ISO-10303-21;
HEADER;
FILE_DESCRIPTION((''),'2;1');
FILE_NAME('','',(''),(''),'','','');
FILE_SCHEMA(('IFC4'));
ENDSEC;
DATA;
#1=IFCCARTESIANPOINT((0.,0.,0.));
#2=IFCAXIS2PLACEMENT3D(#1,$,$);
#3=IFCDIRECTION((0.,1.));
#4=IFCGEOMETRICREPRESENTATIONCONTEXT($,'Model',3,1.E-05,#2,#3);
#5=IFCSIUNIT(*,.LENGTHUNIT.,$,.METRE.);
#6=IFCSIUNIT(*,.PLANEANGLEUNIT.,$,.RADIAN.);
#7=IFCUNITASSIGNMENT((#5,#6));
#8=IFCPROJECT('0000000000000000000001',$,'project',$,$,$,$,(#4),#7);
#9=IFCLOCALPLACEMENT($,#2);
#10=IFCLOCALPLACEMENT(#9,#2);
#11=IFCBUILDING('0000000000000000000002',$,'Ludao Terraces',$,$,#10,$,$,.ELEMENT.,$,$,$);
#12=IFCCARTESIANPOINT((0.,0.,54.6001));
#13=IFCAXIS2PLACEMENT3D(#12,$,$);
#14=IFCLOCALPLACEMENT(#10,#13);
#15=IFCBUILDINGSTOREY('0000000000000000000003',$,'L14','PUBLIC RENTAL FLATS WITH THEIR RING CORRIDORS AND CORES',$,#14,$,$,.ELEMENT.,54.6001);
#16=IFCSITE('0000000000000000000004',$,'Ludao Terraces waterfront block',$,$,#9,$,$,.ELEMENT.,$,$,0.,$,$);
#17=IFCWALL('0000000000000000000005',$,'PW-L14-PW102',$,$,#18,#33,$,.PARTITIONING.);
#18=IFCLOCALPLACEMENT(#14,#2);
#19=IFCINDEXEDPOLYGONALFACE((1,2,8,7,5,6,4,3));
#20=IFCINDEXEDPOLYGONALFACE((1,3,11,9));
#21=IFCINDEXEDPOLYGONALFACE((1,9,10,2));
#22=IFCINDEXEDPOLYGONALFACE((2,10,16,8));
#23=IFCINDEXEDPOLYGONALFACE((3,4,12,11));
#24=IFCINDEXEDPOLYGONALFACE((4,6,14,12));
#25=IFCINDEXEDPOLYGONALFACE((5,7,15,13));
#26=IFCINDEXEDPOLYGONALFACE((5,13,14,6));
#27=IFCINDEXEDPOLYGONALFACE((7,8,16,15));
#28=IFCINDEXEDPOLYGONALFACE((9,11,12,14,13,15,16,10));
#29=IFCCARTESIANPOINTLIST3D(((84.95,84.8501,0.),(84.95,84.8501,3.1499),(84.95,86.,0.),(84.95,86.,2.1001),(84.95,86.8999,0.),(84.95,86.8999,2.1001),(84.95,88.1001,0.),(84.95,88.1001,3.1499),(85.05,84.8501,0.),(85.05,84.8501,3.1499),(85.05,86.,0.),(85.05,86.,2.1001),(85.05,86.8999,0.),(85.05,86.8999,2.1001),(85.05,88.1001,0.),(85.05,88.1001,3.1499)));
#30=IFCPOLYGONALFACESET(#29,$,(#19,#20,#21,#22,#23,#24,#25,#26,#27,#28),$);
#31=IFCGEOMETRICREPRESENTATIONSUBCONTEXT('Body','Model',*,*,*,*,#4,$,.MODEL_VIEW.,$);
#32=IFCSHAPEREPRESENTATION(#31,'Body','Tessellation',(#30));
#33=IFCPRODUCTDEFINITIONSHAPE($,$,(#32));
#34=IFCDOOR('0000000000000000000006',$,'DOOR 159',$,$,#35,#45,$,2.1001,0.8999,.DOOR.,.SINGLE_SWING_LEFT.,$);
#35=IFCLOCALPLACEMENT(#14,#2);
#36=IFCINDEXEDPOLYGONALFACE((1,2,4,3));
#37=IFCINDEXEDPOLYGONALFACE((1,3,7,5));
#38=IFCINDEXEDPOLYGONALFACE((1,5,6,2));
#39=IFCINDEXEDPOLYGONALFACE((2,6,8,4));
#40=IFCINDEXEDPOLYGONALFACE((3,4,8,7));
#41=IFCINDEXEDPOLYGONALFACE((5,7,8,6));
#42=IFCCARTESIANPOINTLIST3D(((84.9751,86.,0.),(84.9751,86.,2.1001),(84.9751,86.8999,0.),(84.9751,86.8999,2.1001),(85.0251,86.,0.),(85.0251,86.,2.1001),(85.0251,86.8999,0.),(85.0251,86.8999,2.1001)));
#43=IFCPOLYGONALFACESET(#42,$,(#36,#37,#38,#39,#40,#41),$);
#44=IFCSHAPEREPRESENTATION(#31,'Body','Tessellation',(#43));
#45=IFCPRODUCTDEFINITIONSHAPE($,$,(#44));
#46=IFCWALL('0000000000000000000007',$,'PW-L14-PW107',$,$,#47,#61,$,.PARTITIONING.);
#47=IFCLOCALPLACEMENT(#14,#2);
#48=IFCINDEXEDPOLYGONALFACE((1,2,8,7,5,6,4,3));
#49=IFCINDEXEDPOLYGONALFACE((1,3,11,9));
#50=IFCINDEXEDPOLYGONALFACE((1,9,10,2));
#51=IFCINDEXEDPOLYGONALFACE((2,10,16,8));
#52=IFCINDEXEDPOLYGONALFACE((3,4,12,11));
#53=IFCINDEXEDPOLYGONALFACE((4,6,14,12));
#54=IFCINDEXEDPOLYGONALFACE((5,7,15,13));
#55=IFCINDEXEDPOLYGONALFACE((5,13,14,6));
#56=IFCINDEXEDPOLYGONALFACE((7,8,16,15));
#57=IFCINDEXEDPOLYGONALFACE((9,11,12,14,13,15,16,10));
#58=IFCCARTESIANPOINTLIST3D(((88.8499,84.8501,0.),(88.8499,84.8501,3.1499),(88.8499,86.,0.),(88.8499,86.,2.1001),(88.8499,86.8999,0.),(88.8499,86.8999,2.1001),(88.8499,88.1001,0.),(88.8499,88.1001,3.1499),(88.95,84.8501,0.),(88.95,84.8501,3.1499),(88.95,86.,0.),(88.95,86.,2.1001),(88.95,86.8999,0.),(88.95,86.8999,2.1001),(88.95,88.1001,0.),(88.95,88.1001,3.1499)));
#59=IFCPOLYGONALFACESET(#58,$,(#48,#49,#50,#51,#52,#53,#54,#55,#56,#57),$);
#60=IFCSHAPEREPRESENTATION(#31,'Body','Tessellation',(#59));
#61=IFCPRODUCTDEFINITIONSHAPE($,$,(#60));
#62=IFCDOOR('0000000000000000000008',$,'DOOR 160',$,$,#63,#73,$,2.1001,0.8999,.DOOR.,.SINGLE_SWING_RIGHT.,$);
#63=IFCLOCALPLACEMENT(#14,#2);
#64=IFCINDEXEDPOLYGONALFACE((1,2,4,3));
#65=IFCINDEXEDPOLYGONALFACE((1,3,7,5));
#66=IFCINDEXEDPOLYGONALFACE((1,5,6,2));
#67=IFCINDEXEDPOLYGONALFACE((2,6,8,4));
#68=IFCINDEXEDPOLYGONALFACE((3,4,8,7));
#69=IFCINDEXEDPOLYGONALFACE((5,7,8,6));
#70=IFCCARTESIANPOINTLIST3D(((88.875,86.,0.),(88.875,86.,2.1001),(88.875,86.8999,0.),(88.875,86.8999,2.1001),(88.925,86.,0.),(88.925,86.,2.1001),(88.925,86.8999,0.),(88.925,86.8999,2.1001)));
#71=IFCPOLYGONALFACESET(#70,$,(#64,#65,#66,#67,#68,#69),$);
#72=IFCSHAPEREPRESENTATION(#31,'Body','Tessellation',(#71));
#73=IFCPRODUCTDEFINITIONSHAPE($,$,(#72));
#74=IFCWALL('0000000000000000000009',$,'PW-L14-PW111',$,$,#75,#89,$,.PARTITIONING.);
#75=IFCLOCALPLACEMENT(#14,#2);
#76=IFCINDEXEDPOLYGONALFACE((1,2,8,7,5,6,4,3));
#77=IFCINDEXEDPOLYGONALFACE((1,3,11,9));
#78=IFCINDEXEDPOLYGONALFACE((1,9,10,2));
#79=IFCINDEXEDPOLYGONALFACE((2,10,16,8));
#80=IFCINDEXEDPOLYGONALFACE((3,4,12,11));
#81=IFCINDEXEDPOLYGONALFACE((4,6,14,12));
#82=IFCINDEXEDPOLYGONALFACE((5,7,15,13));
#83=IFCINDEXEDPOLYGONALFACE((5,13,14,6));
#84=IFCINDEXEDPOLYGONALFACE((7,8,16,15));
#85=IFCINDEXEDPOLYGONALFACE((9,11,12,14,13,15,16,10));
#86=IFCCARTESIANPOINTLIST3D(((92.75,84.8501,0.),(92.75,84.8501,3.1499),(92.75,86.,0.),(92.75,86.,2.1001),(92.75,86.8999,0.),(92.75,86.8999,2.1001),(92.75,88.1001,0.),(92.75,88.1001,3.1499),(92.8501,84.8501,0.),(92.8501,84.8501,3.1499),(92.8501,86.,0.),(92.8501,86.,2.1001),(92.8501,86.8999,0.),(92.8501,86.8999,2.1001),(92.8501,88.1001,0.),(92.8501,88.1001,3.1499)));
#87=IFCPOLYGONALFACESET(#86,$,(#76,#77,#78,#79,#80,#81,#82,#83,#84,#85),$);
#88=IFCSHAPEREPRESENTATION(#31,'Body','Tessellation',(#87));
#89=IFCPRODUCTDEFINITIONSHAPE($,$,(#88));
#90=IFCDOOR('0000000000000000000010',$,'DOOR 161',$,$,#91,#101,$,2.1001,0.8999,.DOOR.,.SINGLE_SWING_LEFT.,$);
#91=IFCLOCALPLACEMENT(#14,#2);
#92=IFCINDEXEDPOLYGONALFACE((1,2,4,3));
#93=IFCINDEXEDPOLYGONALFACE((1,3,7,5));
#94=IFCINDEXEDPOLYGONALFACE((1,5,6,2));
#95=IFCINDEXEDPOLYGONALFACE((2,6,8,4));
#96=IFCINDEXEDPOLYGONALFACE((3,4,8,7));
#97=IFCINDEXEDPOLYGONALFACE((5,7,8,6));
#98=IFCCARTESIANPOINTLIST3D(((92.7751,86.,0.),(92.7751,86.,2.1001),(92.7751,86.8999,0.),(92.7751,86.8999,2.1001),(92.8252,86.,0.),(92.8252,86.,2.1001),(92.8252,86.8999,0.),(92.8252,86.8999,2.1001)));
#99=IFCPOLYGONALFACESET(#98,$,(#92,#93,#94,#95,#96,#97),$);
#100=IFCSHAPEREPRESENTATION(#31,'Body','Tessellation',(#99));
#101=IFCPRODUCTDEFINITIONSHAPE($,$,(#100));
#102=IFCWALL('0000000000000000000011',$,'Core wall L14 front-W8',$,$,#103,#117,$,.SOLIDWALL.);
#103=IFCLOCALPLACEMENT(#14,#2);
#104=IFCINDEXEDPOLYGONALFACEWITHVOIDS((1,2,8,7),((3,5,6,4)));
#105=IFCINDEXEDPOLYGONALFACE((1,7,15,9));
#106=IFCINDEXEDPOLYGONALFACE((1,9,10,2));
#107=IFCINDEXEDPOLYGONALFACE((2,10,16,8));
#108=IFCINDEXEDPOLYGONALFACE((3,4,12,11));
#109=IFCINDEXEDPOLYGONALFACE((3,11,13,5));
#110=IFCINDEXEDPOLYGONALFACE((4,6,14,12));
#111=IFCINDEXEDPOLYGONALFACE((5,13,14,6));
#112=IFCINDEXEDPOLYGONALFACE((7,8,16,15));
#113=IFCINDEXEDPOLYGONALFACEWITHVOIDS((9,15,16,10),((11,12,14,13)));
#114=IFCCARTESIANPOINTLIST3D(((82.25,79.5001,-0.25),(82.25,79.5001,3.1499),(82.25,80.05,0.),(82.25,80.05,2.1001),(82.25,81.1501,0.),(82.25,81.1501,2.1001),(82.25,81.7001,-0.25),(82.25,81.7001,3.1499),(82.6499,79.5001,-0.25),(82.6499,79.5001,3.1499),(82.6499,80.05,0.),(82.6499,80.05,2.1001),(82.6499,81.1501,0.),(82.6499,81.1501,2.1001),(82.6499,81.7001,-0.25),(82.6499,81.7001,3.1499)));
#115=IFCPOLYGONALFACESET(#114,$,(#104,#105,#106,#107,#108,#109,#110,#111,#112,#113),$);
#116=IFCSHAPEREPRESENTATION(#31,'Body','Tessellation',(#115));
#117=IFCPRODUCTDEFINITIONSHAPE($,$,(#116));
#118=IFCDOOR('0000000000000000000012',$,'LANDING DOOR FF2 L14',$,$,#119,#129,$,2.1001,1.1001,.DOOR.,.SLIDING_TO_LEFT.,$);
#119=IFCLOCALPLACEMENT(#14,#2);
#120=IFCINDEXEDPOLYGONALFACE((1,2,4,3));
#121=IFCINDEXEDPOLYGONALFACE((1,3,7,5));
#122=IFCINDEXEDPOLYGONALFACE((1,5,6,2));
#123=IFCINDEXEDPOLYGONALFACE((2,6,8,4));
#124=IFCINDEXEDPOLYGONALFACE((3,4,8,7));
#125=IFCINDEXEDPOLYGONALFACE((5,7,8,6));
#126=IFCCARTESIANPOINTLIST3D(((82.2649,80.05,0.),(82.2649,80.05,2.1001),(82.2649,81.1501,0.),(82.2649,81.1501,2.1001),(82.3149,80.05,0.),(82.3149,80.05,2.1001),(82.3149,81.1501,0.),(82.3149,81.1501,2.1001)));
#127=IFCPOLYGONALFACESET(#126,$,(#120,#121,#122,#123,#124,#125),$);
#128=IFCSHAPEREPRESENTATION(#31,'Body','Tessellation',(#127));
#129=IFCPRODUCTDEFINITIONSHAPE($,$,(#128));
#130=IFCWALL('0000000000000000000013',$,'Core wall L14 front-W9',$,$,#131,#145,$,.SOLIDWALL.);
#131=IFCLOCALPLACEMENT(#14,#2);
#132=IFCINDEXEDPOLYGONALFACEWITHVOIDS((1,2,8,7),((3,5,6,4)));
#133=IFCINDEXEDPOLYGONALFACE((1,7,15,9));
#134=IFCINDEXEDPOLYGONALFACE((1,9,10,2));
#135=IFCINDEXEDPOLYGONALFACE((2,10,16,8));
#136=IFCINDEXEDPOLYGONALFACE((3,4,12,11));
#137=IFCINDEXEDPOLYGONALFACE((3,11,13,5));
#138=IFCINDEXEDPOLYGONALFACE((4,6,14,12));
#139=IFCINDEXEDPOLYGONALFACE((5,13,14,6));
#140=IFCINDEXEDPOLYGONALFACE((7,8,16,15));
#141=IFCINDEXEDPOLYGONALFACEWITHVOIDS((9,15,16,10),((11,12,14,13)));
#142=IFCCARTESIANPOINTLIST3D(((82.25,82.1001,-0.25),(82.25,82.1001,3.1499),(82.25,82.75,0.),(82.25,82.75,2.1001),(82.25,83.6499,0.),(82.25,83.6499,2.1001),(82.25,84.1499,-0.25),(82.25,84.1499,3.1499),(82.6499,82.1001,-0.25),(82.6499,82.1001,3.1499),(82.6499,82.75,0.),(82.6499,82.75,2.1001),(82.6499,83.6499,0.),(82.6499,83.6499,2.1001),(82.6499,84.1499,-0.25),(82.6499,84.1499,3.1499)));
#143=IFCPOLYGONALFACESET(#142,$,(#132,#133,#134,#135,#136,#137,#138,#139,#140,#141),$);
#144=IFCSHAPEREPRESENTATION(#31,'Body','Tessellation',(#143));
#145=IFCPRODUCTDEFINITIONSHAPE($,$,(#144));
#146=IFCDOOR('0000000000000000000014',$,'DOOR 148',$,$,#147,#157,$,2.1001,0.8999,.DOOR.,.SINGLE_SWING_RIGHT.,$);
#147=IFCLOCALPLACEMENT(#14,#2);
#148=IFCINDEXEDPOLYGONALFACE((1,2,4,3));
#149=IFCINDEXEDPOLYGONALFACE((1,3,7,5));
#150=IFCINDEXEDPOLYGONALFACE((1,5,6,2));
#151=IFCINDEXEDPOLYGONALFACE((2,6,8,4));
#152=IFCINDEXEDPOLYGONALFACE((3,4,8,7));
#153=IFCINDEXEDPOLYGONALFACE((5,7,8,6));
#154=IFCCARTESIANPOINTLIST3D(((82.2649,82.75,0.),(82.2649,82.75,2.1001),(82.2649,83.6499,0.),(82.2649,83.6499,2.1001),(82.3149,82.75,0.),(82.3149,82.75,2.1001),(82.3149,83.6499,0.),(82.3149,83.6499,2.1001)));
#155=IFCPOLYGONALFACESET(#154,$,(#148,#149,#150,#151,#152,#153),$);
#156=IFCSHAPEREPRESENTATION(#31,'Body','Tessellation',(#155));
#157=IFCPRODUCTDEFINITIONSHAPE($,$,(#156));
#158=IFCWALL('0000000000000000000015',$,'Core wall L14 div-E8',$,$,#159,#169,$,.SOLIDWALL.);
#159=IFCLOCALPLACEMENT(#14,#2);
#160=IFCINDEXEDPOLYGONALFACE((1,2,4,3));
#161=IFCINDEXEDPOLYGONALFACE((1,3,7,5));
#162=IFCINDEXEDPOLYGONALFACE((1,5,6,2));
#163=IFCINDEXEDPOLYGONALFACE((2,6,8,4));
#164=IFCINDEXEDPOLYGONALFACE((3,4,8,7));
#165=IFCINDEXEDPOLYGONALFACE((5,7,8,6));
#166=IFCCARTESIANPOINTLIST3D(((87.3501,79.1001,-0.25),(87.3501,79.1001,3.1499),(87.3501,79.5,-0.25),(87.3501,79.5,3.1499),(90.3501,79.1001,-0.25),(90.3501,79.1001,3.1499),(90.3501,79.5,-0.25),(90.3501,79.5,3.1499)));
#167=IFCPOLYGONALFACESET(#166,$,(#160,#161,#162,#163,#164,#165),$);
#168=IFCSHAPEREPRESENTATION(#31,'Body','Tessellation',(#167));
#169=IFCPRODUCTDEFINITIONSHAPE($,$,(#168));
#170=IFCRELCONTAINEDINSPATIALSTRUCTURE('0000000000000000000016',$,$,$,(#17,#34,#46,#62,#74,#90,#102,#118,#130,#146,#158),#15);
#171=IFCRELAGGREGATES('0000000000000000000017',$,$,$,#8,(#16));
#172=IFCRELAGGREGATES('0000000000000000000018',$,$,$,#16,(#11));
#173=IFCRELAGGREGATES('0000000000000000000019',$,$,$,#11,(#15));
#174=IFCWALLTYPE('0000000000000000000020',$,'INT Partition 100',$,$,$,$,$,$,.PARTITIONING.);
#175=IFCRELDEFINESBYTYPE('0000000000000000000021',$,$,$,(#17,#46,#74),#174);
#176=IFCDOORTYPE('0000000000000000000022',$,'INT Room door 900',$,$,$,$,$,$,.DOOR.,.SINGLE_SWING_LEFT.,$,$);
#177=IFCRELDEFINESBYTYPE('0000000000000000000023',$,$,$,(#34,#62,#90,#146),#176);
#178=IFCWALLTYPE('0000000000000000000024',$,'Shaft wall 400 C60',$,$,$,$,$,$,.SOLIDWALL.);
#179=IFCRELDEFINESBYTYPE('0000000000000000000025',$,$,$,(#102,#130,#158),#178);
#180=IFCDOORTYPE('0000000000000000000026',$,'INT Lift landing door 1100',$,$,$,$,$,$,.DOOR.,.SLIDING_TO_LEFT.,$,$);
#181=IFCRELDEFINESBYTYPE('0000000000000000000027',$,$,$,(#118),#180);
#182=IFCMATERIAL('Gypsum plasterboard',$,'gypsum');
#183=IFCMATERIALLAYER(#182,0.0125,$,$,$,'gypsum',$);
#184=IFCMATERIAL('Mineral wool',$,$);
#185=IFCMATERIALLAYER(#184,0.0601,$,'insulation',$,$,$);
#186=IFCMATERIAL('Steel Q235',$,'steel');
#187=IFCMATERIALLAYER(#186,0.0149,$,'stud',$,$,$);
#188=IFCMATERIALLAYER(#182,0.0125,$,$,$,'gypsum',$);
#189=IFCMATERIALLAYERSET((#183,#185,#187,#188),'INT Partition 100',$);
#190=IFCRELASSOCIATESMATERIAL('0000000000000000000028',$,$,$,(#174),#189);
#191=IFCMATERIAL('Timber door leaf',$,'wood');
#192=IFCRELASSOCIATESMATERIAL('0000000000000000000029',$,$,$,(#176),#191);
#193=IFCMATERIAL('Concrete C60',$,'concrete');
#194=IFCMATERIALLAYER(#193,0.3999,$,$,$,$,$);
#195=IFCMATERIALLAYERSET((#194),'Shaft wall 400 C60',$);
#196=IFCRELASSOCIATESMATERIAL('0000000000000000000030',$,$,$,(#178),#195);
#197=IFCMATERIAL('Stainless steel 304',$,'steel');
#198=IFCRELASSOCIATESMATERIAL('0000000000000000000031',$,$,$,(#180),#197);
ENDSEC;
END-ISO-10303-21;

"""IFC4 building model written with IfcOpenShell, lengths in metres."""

from ifc_helpers import new_model, si_unit, direction, frame, frame_2d, origin, place, context, subcontext, project, spatial, rectangle, extrude, material, layer, layer_set, type_object, element, fill, save


model = new_model("IFC4")

# Units and contexts
model_context = context("Model", 3, precision=1e-05, world=origin(), true_north=direction((0.0, 1.0)))
body_context = subcontext(model_context, "Body", "Model", "MODEL_VIEW")
ifc_project = project(units=[si_unit("LENGTHUNIT", "METRE"), si_unit("PLANEANGLEUNIT", "RADIAN")], contexts=[model_context])

# Site, building, storey
site_placement = place(None, origin())
site = spatial("IfcSite", under=ifc_project, at=site_placement, Name="Ludao Terraces waterfront block", CompositionType="ELEMENT", RefElevation=0.0)
building_placement = place(site_placement, origin())
building = spatial("IfcBuilding", under=site, at=building_placement, Name="Ludao Terraces", CompositionType="ELEMENT")
storey_placement = place(building_placement, frame((0.0, 0.0, 54.6001)))
storey = spatial("IfcBuildingStorey", under=building, at=storey_placement, Name="L14", Description="PUBLIC RENTAL FLATS WITH THEIR RING CORRIDORS AND CORES", CompositionType="ELEMENT", Elevation=54.6001)

# Walls, openings, doors
ifc_material_1 = material(Name="Gypsum plasterboard", Category="gypsum")
ifc_layer_1 = layer(ifc_material_1, 0.0125, Category="gypsum")
ifc_material_2 = material(Name="Mineral wool")
ifc_layer_2 = layer(ifc_material_2, 0.0601, Name="insulation")
ifc_material_3 = material(Name="Steel Q235", Category="steel")
ifc_layer_3 = layer(ifc_material_3, 0.0149, Name="stud")
ifc_layer_4 = layer(ifc_material_1, 0.0125, Category="gypsum")
ifc_layer_set_1 = layer_set([ifc_layer_1, ifc_layer_2, ifc_layer_3, ifc_layer_4], Name="INT Partition 100")
wall_type_1 = type_object("IfcWallType", Name="INT Partition 100", PredefinedType="PARTITIONING", material=ifc_layer_set_1)
wall_1_placement = place(storey_placement, frame((85.0, 84.8501, 0.0), z_axis=(0.0, 0.0, 1.0), x_axis=(0.0, 1.0, 0.0)))
wall_1 = element("IfcWall", 1, at=wall_1_placement, inside=storey, type_object=wall_type_1, Name="PW-L14-PW102", PredefinedType="PARTITIONING", context=body_context, shape_type="SweptSolid", body=[
    extrude(rectangle(XDim=3.25, YDim=0.1001, at=frame_2d((1.625, 0.0))), origin(), (0.0, 0.0, 1.0), 3.1499),
])
opening_1_placement = place(wall_1_placement, frame((1.1499, 0.0, 0.0)))
opening_1 = element("IfcOpeningElement", 2, at=opening_1_placement, cuts=wall_1, PredefinedType="OPENING", context=body_context, shape_type="SweptSolid", body=[
    extrude(rectangle(XDim=0.8999, YDim=2.1001, at=frame_2d((0.45, 1.05))), frame((0.0, 0.0601, 0.0), z_axis=(0.0, -1.0, 0.0), x_axis=(1.0, 0.0, 0.0)), (0.0, 0.0, 1.0), 0.1201),
])
ifc_material_4 = material(Name="Timber door leaf", Category="wood")
door_type_1 = type_object("IfcDoorType", Name="INT Room door 900", OperationType="SINGLE_SWING_LEFT", PredefinedType="DOOR", material=ifc_material_4)
door_1_placement = place(opening_1_placement, origin())
door_1 = element("IfcDoor", 3, at=door_1_placement, inside=storey, type_object=door_type_1, Name="DOOR 159", OperationType="SINGLE_SWING_LEFT", OverallHeight=2.1001, OverallWidth=0.8999, PredefinedType="DOOR", context=body_context, shape_type="SweptSolid", body=[
    extrude(rectangle(XDim=0.8999, YDim=2.1001, at=frame_2d((0.45, 1.05))), frame((0.0, 0.0249, 0.0), z_axis=(0.0, -1.0, 0.0), x_axis=(1.0, 0.0, 0.0)), (0.0, 0.0, 1.0), 0.05),
])
fill(opening_1, door_1)
wall_2_placement = place(storey_placement, frame((88.8999, 84.8501, 0.0), z_axis=(0.0, 0.0, 1.0), x_axis=(0.0, 1.0, 0.0)))
wall_2 = element("IfcWall", 4, at=wall_2_placement, inside=storey, type_object=wall_type_1, Name="PW-L14-PW107", PredefinedType="PARTITIONING", context=body_context, shape_type="SweptSolid", body=[
    extrude(rectangle(XDim=3.25, YDim=0.1001, at=frame_2d((1.625, 0.0))), origin(), (0.0, 0.0, 1.0), 3.1499),
])
opening_2_placement = place(wall_2_placement, frame((1.1499, 0.0, 0.0)))
opening_2 = element("IfcOpeningElement", 5, at=opening_2_placement, cuts=wall_2, PredefinedType="OPENING", context=body_context, shape_type="SweptSolid", body=[
    extrude(rectangle(XDim=0.8999, YDim=2.1001, at=frame_2d((0.45, 1.05))), frame((0.0, 0.0601, 0.0), z_axis=(0.0, -1.0, 0.0), x_axis=(1.0, 0.0, 0.0)), (0.0, 0.0, 1.0), 0.1201),
])
door_2_placement = place(opening_2_placement, origin())
door_2 = element("IfcDoor", 6, at=door_2_placement, inside=storey, type_object=door_type_1, Name="DOOR 160", OperationType="SINGLE_SWING_RIGHT", OverallHeight=2.1001, OverallWidth=0.8999, PredefinedType="DOOR", context=body_context, shape_type="SweptSolid", body=[
    extrude(rectangle(XDim=0.8999, YDim=2.1001, at=frame_2d((0.45, 1.05))), frame((0.0, 0.0249, 0.0), z_axis=(0.0, -1.0, 0.0), x_axis=(1.0, 0.0, 0.0)), (0.0, 0.0, 1.0), 0.05),
])
fill(opening_2, door_2)
wall_3_placement = place(storey_placement, frame((92.8, 84.8501, 0.0), z_axis=(0.0, 0.0, 1.0), x_axis=(0.0, 1.0, 0.0)))
wall_3 = element("IfcWall", 7, at=wall_3_placement, inside=storey, type_object=wall_type_1, Name="PW-L14-PW111", PredefinedType="PARTITIONING", context=body_context, shape_type="SweptSolid", body=[
    extrude(rectangle(XDim=3.25, YDim=0.1001, at=frame_2d((1.625, 0.0))), origin(), (0.0, 0.0, 1.0), 3.1499),
])
opening_3_placement = place(wall_3_placement, frame((1.1499, 0.0, 0.0)))
opening_3 = element("IfcOpeningElement", 8, at=opening_3_placement, cuts=wall_3, PredefinedType="OPENING", context=body_context, shape_type="SweptSolid", body=[
    extrude(rectangle(XDim=0.8999, YDim=2.1001, at=frame_2d((0.45, 1.05))), frame((0.0, 0.0601, 0.0), z_axis=(0.0, -1.0, 0.0), x_axis=(1.0, 0.0, 0.0)), (0.0, 0.0, 1.0), 0.1201),
])
door_3_placement = place(opening_3_placement, origin())
door_3 = element("IfcDoor", 9, at=door_3_placement, inside=storey, type_object=door_type_1, Name="DOOR 161", OperationType="SINGLE_SWING_LEFT", OverallHeight=2.1001, OverallWidth=0.8999, PredefinedType="DOOR", context=body_context, shape_type="SweptSolid", body=[
    extrude(rectangle(XDim=0.8999, YDim=2.1001, at=frame_2d((0.45, 1.05))), frame((0.0, 0.0249, 0.0), z_axis=(0.0, -1.0, 0.0), x_axis=(1.0, 0.0, 0.0)), (0.0, 0.0, 1.0), 0.05),
])
fill(opening_3, door_3)
ifc_material_5 = material(Name="Concrete C60", Category="concrete")
ifc_layer_5 = layer(ifc_material_5, 0.3999)
ifc_layer_set_2 = layer_set([ifc_layer_5], Name="Shaft wall 400 C60")
wall_type_2 = type_object("IfcWallType", Name="Shaft wall 400 C60", PredefinedType="SOLIDWALL", material=ifc_layer_set_2)
wall_4_placement = place(storey_placement, frame((82.45, 79.5, -0.25), z_axis=(0.0, 0.0, 1.0), x_axis=(0.0, 1.0, 0.0)))
wall_4 = element("IfcWall", 10, at=wall_4_placement, inside=storey, type_object=wall_type_2, Name="Core wall L14 front-W8", PredefinedType="SOLIDWALL", context=body_context, shape_type="SweptSolid", body=[
    extrude(rectangle(XDim=2.2, YDim=0.3999, at=frame_2d((1.1001, 0.0))), origin(), (0.0, 0.0, 1.0), 3.3999),
])
opening_4_placement = place(wall_4_placement, frame((0.55, 0.0, 0.25)))
opening_4 = element("IfcOpeningElement", 11, at=opening_4_placement, cuts=wall_4, PredefinedType="OPENING", context=body_context, shape_type="SweptSolid", body=[
    extrude(rectangle(XDim=1.1001, YDim=2.1001, at=frame_2d((0.55, 1.05))), frame((0.0, 0.21, 0.0), z_axis=(0.0, -1.0, 0.0), x_axis=(1.0, 0.0, 0.0)), (0.0, 0.0, 1.0), 0.4199),
])
ifc_material_6 = material(Name="Stainless steel 304", Category="steel")
door_type_2 = type_object("IfcDoorType", Name="INT Lift landing door 1100", OperationType="SLIDING_TO_LEFT", PredefinedType="DOOR", material=ifc_material_6)
door_4_placement = place(opening_4_placement, origin())
door_4 = element("IfcDoor", 12, at=door_4_placement, inside=storey, type_object=door_type_2, Name="LANDING DOOR FF2 L14", OperationType="SLIDING_TO_LEFT", OverallHeight=2.1001, OverallWidth=1.1001, PredefinedType="DOOR", context=body_context, shape_type="SweptSolid", body=[
    extrude(rectangle(XDim=1.1001, YDim=2.1001, at=frame_2d((0.55, 1.05))), frame((0.0, 0.1851, 0.0), z_axis=(0.0, -1.0, 0.0), x_axis=(1.0, 0.0, 0.0)), (0.0, 0.0, 1.0), 0.05),
])
fill(opening_4, door_4)
wall_5_placement = place(storey_placement, frame((82.45, 82.1001, -0.25), z_axis=(0.0, 0.0, 1.0), x_axis=(0.0, 1.0, 0.0)))
wall_5 = element("IfcWall", 13, at=wall_5_placement, inside=storey, type_object=wall_type_2, Name="Core wall L14 front-W9", PredefinedType="SOLIDWALL", context=body_context, shape_type="SweptSolid", body=[
    extrude(rectangle(XDim=2.0498, YDim=0.3999, at=frame_2d((1.0249, 0.0))), origin(), (0.0, 0.0, 1.0), 3.3999),
])
opening_5_placement = place(wall_5_placement, frame((0.6499, 0.0, 0.25)))
opening_5 = element("IfcOpeningElement", 14, at=opening_5_placement, cuts=wall_5, PredefinedType="OPENING", context=body_context, shape_type="SweptSolid", body=[
    extrude(rectangle(XDim=0.8999, YDim=2.1001, at=frame_2d((0.45, 1.05))), frame((0.0, 0.21, 0.0), z_axis=(0.0, -1.0, 0.0), x_axis=(1.0, 0.0, 0.0)), (0.0, 0.0, 1.0), 0.4199),
])
door_5_placement = place(opening_5_placement, origin())
door_5 = element("IfcDoor", 15, at=door_5_placement, inside=storey, type_object=door_type_1, Name="DOOR 148", OperationType="SINGLE_SWING_RIGHT", OverallHeight=2.1001, OverallWidth=0.8999, PredefinedType="DOOR", context=body_context, shape_type="SweptSolid", body=[
    extrude(rectangle(XDim=0.8999, YDim=2.1001, at=frame_2d((0.45, 1.05))), frame((0.0, 0.1851, 0.0), z_axis=(0.0, -1.0, 0.0), x_axis=(1.0, 0.0, 0.0)), (0.0, 0.0, 1.0), 0.05),
])
fill(opening_5, door_5)

# Wall
wall_6_placement = place(storey_placement, frame((87.3501, 79.3, -0.25), z_axis=(0.0, 0.0, 1.0), x_axis=(1.0, 0.0, 0.0)))
element("IfcWall", 16, at=wall_6_placement, inside=storey, type_object=wall_type_2, Name="Core wall L14 div-E8", PredefinedType="SOLIDWALL", context=body_context, shape_type="SweptSolid", body=[
    extrude(rectangle(XDim=3.0, YDim=0.3999, at=frame_2d((1.5, 0.0))), origin(), (0.0, 0.0, 1.0), 3.3999),
])

save(model, "model.ifc")
